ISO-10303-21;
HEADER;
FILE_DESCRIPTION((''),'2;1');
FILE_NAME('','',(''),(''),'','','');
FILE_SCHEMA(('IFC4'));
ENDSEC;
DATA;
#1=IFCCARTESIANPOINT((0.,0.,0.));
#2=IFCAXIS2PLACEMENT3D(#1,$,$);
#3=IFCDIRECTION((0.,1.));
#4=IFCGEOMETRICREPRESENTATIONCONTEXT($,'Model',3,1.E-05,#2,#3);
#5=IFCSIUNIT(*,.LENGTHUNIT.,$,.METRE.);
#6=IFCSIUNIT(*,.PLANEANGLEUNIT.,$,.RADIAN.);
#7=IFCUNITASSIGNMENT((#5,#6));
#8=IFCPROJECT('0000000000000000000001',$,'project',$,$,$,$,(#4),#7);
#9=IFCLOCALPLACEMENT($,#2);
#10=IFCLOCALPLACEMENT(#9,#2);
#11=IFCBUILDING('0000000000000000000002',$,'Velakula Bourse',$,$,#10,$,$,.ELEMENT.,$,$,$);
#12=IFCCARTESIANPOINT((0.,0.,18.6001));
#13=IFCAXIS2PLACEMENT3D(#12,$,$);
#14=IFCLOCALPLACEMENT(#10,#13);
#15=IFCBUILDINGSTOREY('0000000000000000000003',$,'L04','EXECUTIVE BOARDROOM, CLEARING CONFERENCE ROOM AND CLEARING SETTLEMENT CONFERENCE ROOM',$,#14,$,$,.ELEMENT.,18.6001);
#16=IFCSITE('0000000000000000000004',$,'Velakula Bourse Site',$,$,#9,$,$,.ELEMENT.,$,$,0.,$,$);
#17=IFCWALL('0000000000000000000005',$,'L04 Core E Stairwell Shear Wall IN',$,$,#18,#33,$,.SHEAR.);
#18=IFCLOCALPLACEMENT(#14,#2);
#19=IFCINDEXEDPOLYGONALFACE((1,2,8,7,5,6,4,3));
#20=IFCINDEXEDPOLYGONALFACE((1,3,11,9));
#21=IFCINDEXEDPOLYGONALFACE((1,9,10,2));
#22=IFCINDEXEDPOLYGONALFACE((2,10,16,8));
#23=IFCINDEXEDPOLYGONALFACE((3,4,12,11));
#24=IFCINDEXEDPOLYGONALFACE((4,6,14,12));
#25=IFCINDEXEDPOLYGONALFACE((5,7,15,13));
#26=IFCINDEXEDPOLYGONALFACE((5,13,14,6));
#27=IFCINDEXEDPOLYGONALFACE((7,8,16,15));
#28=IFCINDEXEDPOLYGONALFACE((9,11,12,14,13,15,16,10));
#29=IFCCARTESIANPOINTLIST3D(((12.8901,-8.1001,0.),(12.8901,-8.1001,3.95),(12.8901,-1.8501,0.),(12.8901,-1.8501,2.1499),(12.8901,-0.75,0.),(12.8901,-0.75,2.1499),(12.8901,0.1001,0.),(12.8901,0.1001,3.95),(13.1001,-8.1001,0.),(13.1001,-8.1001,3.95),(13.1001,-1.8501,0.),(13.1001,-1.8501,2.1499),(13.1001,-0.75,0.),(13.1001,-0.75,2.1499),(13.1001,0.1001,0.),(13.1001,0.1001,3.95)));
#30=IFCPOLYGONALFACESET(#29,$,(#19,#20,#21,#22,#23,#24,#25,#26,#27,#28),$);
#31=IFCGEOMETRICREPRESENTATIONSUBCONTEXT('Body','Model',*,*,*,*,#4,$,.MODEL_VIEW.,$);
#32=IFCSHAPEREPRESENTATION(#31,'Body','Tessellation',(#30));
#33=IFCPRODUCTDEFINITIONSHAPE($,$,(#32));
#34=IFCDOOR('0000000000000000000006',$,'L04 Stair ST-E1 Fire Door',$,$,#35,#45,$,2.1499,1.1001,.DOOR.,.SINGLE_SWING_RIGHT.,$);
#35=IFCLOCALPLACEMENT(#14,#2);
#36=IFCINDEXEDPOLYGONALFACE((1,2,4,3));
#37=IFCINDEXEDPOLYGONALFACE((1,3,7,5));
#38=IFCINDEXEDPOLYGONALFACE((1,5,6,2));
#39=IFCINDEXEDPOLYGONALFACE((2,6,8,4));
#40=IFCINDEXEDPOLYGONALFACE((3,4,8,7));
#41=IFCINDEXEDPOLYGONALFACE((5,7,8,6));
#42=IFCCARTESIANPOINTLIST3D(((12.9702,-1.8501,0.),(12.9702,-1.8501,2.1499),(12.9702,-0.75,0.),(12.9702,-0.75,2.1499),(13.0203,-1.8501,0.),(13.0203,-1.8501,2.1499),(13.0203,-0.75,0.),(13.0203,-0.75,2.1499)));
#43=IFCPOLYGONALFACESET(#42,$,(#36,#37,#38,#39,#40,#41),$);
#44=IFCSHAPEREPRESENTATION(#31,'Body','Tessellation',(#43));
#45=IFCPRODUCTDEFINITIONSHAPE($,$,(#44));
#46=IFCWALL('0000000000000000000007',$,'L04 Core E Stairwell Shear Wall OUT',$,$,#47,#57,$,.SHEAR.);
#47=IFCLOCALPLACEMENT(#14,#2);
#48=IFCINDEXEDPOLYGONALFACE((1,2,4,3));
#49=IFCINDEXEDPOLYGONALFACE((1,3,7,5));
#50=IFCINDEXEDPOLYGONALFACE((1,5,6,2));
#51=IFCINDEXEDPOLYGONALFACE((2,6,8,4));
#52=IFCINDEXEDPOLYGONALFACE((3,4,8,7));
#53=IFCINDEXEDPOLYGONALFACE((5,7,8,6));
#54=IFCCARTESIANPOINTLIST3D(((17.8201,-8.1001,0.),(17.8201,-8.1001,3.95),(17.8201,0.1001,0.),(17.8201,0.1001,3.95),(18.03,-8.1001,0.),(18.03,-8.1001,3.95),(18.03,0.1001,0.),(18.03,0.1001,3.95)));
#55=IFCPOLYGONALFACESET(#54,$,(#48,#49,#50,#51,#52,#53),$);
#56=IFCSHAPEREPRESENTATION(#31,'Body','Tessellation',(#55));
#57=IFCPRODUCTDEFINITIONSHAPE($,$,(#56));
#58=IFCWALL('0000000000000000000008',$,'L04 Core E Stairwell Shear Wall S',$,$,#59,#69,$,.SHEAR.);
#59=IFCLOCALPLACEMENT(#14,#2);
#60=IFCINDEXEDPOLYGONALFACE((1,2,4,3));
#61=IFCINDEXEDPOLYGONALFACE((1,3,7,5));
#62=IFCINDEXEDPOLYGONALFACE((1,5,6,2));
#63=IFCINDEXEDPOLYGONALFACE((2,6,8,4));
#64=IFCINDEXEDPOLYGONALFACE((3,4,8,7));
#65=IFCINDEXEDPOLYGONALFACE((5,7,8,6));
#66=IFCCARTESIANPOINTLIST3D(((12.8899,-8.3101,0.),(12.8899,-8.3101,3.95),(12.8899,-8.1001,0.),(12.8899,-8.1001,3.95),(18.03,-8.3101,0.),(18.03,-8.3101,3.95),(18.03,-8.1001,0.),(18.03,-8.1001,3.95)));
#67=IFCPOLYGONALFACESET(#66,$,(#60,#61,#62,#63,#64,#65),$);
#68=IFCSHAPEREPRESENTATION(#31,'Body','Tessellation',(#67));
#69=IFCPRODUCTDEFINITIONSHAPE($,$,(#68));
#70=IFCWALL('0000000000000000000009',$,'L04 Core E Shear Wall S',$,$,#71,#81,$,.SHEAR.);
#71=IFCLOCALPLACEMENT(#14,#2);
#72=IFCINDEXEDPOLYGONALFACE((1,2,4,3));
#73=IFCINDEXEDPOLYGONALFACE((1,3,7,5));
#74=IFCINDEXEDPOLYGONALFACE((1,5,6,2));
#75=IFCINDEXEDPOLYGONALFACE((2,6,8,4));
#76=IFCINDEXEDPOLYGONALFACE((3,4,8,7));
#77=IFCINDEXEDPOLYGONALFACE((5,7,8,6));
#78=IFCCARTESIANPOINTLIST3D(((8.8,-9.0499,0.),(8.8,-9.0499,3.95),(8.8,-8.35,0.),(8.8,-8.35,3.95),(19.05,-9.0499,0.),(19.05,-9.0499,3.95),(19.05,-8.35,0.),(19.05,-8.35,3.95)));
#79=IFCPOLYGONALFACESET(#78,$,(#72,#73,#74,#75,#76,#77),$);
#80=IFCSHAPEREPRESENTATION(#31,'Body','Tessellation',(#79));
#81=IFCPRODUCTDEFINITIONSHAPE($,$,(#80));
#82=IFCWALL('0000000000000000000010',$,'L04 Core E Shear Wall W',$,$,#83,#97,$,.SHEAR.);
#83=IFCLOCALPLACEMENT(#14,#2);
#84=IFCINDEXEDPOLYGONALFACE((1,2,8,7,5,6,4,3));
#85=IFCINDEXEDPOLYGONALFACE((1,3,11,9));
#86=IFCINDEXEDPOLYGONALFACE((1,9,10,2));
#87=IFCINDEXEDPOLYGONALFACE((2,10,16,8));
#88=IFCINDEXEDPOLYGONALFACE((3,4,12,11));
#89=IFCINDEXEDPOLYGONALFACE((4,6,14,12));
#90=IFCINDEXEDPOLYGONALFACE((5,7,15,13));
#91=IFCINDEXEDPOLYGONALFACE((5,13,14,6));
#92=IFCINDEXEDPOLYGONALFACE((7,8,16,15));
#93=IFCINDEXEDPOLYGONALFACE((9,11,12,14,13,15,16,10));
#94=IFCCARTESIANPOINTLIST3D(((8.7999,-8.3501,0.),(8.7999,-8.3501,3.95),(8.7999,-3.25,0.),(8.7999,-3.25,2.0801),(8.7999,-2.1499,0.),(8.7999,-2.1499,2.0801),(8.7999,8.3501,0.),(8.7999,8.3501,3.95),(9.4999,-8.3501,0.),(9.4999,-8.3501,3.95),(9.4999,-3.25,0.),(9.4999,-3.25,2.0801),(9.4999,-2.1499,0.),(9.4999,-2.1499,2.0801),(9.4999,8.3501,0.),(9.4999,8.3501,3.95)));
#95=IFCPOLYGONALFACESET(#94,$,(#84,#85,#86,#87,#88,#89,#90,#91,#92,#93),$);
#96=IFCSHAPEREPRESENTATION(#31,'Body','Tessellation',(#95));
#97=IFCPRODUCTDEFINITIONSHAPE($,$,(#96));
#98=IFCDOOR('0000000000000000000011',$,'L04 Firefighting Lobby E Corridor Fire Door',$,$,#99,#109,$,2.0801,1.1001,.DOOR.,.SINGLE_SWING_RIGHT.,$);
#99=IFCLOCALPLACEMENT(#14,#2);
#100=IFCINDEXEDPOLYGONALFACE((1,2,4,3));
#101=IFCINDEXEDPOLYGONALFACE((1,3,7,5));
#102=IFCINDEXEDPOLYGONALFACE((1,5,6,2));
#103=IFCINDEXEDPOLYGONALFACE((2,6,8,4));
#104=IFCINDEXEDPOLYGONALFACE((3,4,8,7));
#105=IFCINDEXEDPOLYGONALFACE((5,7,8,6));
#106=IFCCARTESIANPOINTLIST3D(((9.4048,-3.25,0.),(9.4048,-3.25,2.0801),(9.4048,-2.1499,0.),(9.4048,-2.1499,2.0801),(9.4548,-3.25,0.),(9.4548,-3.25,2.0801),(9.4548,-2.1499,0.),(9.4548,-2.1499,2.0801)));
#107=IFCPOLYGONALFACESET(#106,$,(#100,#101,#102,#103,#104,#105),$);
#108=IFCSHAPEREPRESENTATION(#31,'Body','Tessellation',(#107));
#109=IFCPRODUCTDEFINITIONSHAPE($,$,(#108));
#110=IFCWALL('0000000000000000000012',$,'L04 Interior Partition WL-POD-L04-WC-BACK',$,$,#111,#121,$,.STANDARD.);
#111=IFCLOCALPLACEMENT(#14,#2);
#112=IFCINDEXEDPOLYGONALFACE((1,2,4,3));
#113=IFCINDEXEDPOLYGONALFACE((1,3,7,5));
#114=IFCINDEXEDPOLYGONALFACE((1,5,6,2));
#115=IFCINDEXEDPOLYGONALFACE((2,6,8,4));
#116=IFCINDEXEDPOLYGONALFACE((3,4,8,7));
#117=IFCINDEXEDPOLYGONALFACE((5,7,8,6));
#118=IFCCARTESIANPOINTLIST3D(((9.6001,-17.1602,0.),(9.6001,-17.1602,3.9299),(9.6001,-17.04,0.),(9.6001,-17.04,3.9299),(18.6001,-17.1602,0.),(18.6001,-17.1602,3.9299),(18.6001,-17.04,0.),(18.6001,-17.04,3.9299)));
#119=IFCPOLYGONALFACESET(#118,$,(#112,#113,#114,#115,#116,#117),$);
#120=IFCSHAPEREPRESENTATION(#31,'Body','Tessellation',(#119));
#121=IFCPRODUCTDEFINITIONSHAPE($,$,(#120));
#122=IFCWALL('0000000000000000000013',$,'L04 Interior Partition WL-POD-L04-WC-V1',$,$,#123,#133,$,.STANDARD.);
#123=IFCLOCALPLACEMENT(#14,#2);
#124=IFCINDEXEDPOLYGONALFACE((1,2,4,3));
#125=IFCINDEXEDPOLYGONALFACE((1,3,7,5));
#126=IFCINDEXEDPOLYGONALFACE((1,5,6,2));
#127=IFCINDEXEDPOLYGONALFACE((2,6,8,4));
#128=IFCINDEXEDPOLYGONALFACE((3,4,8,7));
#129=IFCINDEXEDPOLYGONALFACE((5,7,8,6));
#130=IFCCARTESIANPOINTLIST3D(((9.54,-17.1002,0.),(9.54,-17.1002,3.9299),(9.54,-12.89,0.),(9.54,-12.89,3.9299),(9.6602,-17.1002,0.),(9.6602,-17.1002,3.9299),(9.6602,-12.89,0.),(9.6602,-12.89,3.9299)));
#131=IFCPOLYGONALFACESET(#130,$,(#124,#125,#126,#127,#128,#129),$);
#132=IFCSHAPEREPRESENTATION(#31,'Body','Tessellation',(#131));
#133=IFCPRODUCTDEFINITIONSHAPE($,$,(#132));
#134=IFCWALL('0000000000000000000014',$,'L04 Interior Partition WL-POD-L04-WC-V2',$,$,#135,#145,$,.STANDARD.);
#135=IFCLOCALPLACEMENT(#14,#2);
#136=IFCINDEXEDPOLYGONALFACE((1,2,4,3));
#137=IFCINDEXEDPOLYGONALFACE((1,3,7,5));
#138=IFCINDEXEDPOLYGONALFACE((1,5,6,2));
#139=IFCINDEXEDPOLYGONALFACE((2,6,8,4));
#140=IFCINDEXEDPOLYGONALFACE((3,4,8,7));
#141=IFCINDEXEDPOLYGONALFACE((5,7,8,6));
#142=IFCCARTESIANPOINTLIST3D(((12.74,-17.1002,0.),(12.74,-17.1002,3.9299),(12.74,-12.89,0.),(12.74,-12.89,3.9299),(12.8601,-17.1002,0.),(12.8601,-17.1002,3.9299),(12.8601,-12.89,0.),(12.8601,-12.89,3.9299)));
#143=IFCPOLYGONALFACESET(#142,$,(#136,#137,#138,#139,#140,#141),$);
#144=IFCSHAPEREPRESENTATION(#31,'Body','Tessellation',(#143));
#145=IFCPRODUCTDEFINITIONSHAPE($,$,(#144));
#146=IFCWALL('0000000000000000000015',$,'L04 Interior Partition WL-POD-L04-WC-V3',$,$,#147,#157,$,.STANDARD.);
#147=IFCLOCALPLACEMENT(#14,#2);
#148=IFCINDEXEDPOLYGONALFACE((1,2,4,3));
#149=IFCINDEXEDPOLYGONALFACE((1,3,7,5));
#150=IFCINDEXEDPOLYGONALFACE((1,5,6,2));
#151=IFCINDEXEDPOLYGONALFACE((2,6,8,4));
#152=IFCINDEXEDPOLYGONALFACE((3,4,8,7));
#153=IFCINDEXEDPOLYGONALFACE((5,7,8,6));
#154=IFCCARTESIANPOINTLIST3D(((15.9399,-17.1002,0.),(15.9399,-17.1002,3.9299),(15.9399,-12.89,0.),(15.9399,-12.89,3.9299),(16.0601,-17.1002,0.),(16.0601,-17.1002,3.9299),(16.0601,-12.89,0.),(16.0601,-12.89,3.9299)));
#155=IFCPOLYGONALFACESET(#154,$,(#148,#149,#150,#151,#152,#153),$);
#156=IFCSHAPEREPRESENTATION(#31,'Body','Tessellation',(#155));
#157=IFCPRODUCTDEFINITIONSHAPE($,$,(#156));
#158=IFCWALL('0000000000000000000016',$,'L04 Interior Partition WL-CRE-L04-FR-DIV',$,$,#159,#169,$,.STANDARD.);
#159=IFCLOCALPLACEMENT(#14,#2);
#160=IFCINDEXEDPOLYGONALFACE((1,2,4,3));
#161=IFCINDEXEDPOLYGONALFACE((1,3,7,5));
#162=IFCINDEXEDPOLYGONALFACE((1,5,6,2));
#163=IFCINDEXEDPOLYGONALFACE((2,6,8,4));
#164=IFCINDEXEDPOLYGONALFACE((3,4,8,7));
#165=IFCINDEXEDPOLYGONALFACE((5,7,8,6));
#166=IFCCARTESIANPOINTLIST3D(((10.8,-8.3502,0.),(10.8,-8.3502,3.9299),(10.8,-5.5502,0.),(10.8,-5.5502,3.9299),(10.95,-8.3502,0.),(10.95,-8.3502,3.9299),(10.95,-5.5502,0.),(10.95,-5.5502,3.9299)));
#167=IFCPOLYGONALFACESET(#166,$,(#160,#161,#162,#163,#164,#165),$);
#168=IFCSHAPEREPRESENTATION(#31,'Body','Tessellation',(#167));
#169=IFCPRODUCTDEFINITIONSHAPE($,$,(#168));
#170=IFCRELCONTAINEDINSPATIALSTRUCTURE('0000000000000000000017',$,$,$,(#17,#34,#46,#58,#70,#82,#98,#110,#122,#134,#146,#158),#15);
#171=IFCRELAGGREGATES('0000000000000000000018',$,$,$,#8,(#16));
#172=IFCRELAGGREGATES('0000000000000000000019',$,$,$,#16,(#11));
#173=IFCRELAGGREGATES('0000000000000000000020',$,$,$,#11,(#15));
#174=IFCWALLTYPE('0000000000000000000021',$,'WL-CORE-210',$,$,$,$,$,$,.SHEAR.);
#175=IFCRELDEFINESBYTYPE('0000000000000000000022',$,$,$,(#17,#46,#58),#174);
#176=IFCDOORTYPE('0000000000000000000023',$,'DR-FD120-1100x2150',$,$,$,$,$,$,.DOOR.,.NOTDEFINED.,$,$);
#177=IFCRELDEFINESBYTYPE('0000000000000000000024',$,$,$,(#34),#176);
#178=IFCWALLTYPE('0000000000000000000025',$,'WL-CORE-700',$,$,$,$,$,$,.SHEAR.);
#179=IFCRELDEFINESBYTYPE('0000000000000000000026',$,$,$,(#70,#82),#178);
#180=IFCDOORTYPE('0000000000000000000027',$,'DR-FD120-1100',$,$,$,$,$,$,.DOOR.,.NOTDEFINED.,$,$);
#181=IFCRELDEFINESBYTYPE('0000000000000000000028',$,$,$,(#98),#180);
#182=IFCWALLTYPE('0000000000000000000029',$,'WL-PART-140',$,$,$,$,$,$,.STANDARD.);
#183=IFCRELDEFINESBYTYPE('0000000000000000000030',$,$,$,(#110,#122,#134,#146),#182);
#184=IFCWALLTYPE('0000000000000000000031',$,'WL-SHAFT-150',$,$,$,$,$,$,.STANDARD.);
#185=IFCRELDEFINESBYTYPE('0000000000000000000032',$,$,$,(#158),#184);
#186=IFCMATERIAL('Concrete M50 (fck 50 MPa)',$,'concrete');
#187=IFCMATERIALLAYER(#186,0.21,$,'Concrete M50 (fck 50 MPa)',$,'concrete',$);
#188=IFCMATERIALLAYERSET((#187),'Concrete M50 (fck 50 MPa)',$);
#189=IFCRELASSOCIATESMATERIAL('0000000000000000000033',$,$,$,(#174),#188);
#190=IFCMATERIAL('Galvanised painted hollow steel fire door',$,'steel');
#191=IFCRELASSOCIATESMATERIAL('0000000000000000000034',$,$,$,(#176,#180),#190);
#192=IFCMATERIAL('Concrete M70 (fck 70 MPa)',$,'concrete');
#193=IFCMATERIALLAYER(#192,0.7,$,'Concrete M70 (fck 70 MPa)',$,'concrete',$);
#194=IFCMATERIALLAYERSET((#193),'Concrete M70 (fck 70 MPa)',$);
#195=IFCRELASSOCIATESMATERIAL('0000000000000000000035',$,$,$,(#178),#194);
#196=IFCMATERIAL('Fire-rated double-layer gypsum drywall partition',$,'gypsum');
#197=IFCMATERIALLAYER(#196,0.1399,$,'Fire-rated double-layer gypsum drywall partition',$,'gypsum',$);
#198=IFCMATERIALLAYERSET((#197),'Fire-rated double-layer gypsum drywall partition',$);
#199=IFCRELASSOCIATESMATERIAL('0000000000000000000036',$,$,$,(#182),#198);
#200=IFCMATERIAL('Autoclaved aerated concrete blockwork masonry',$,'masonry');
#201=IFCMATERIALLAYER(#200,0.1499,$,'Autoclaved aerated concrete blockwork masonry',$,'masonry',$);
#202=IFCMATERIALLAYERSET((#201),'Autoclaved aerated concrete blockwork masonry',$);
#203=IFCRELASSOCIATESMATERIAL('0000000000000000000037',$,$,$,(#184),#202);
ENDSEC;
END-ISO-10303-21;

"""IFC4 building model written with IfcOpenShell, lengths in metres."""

from ifc_helpers import new_model, si_unit, direction, frame, frame_2d, origin, place, context, subcontext, project, spatial, rectangle, extrude, material, layer, layer_set, type_object, element, fill, save


model = new_model("IFC4")

# Units and contexts
model_context = context("Model", 3, precision=1e-05, world=origin(), true_north=direction((0.0, 1.0)))
body_context = subcontext(model_context, "Body", "Model", "MODEL_VIEW")
ifc_project = project(units=[si_unit("LENGTHUNIT", "METRE"), si_unit("PLANEANGLEUNIT", "RADIAN")], contexts=[model_context])

# Site, building, storey
site_placement = place(None, origin())
site = spatial("IfcSite", under=ifc_project, at=site_placement, Name="Velakula Bourse Site", CompositionType="ELEMENT", RefElevation=0.0)
building_placement = place(site_placement, origin())
building = spatial("IfcBuilding", under=site, at=building_placement, Name="Velakula Bourse", CompositionType="ELEMENT")
storey_placement = place(building_placement, frame((0.0, 0.0, 18.6001)))
storey = spatial("IfcBuildingStorey", under=building, at=storey_placement, Name="L04", Description="EXECUTIVE BOARDROOM, CLEARING CONFERENCE ROOM AND CLEARING SETTLEMENT CONFERENCE ROOM", CompositionType="ELEMENT", Elevation=18.6001)

# Shared definitions
ifc_material_1 = material(Name="Concrete M70 (fck 70 MPa)", Category="concrete")

# Wall, opening, door
ifc_material_2 = material(Name="Concrete M50 (fck 50 MPa)", Category="concrete")
ifc_layer_1 = layer(ifc_material_2, 0.21, Name="Concrete M50 (fck 50 MPa)", Category="concrete")
ifc_layer_set_1 = layer_set([ifc_layer_1], Name="Concrete M50 (fck 50 MPa)")
wall_type_1 = type_object("IfcWallType", Name="WL-CORE-210", PredefinedType="SHEAR", material=ifc_layer_set_1)
wall_1_placement = place(storey_placement, frame((12.9951, -8.1001, 0.0), z_axis=(0.0, 0.0, 1.0), x_axis=(0.0, 1.0, 0.0)))
wall_1 = element("IfcWall", 1, at=wall_1_placement, inside=storey, type_object=wall_type_1, Name="L04 Core E Stairwell Shear Wall IN", PredefinedType="SHEAR", context=body_context, shape_type="SweptSolid", body=[
    extrude(rectangle(XDim=8.2002, YDim=0.21, at=frame_2d((4.1001, 0.0))), origin(), (0.0, 0.0, 1.0), 3.95),
])
opening_1_placement = place(wall_1_placement, frame((6.25, 0.0, 0.0)))
opening_1 = element("IfcOpeningElement", 2, at=opening_1_placement, cuts=wall_1, PredefinedType="OPENING", context=body_context, shape_type="SweptSolid", body=[
    extrude(rectangle(XDim=1.1001, YDim=2.1499, at=frame_2d((0.55, 1.075))), frame((0.0, 0.115, 0.0), z_axis=(0.0, -1.0, 0.0), x_axis=(1.0, 0.0, 0.0)), (0.0, 0.0, 1.0), 0.23),
])
ifc_material_3 = material(Name="Galvanised painted hollow steel fire door", Category="steel")
door_type_1 = type_object("IfcDoorType", Name="DR-FD120-1100x2150", OperationType="NOTDEFINED", PredefinedType="DOOR", material=ifc_material_3)
door_1_placement = place(opening_1_placement, origin())
door_1 = element("IfcDoor", 3, at=door_1_placement, inside=storey, type_object=door_type_1, Name="L04 Stair ST-E1 Fire Door", OperationType="SINGLE_SWING_RIGHT", OverallHeight=2.1499, OverallWidth=1.1001, PredefinedType="DOOR", context=body_context, shape_type="SweptSolid", body=[
    extrude(rectangle(XDim=1.1001, YDim=2.1499, at=frame_2d((0.55, 1.075))), frame((0.0, 0.0249, 0.0), z_axis=(0.0, -1.0, 0.0), x_axis=(1.0, 0.0, 0.0)), (0.0, 0.0, 1.0), 0.05),
])
fill(opening_1, door_1)

# Walls
wall_2_placement = place(storey_placement, frame((17.925, -8.1001, 0.0), z_axis=(0.0, 0.0, 1.0), x_axis=(0.0, 1.0, 0.0)))
element("IfcWall", 4, at=wall_2_placement, inside=storey, type_object=wall_type_1, Name="L04 Core E Stairwell Shear Wall OUT", PredefinedType="SHEAR", context=body_context, shape_type="SweptSolid", body=[
    extrude(rectangle(XDim=8.2002, YDim=0.21, at=frame_2d((4.1001, 0.0))), origin(), (0.0, 0.0, 1.0), 3.95),
])
wall_3_placement = place(storey_placement, frame((12.8899, -8.2051, 0.0), z_axis=(0.0, 0.0, 1.0), x_axis=(1.0, 0.0, 0.0)))
element("IfcWall", 5, at=wall_3_placement, inside=storey, type_object=wall_type_1, Name="L04 Core E Stairwell Shear Wall S", PredefinedType="SHEAR", context=body_context, shape_type="SweptSolid", body=[
    extrude(rectangle(XDim=5.1401, YDim=0.21, at=frame_2d((2.5701, 0.0))), origin(), (0.0, 0.0, 1.0), 3.95),
])
ifc_layer_2 = layer(ifc_material_1, 0.7, Name="Concrete M70 (fck 70 MPa)", Category="concrete")
ifc_layer_set_2 = layer_set([ifc_layer_2], Name="Concrete M70 (fck 70 MPa)")
wall_type_2 = type_object("IfcWallType", Name="WL-CORE-700", PredefinedType="SHEAR", material=ifc_layer_set_2)
wall_4_placement = place(storey_placement, frame((8.8, -8.7, 0.0), z_axis=(0.0, 0.0, 1.0), x_axis=(1.0, 0.0, 0.0)))
element("IfcWall", 6, at=wall_4_placement, inside=storey, type_object=wall_type_2, Name="L04 Core E Shear Wall S", PredefinedType="SHEAR", context=body_context, shape_type="SweptSolid", body=[
    extrude(rectangle(XDim=10.25, YDim=0.7, at=frame_2d((5.125, 0.0))), origin(), (0.0, 0.0, 1.0), 3.95),
])

# Wall, opening, door
wall_5_placement = place(storey_placement, frame((9.1499, -8.3501, 0.0), z_axis=(0.0, 0.0, 1.0), x_axis=(0.0, 1.0, 0.0)))
wall_5 = element("IfcWall", 7, at=wall_5_placement, inside=storey, type_object=wall_type_2, Name="L04 Core E Shear Wall W", PredefinedType="SHEAR", context=body_context, shape_type="SweptSolid", body=[
    extrude(rectangle(XDim=16.7002, YDim=0.7, at=frame_2d((8.3501, 0.0))), origin(), (0.0, 0.0, 1.0), 3.95),
])
opening_2_placement = place(wall_5_placement, frame((5.1001, 0.0, 0.0)))
opening_2 = element("IfcOpeningElement", 8, at=opening_2_placement, cuts=wall_5, PredefinedType="OPENING", context=body_context, shape_type="SweptSolid", body=[
    extrude(rectangle(XDim=1.1001, YDim=2.0801, at=frame_2d((0.55, 1.04))), frame((0.0, 0.3599, 0.0), z_axis=(0.0, -1.0, 0.0), x_axis=(1.0, 0.0, 0.0)), (0.0, 0.0, 1.0), 0.72),
])
door_type_2 = type_object("IfcDoorType", Name="DR-FD120-1100", OperationType="NOTDEFINED", PredefinedType="DOOR", material=ifc_material_3)
door_2_placement = place(opening_2_placement, origin())
door_2 = element("IfcDoor", 9, at=door_2_placement, inside=storey, type_object=door_type_2, Name="L04 Firefighting Lobby E Corridor Fire Door", OperationType="SINGLE_SWING_RIGHT", OverallHeight=2.0801, OverallWidth=1.1001, PredefinedType="DOOR", context=body_context, shape_type="SweptSolid", body=[
    extrude(rectangle(XDim=1.1001, YDim=2.0801, at=frame_2d((0.55, 1.04))), frame((0.0, -0.2549, 0.0), z_axis=(0.0, -1.0, 0.0), x_axis=(1.0, 0.0, 0.0)), (0.0, 0.0, 1.0), 0.05),
])
fill(opening_2, door_2)

# Walls
ifc_material_4 = material(Name="Fire-rated double-layer gypsum drywall partition", Category="gypsum")
ifc_layer_3 = layer(ifc_material_4, 0.1399, Name="Fire-rated double-layer gypsum drywall partition", Category="gypsum")
ifc_layer_set_3 = layer_set([ifc_layer_3], Name="Fire-rated double-layer gypsum drywall partition")
wall_type_3 = type_object("IfcWallType", Name="WL-PART-140", PredefinedType="STANDARD", material=ifc_layer_set_3)
wall_6_placement = place(storey_placement, frame((9.6001, -17.1001, 0.0), z_axis=(0.0, 0.0, 1.0), x_axis=(1.0, 0.0, 0.0)))
element("IfcWall", 10, at=wall_6_placement, inside=storey, type_object=wall_type_3, Name="L04 Interior Partition WL-POD-L04-WC-BACK", PredefinedType="STANDARD", context=body_context, shape_type="SweptSolid", body=[
    extrude(rectangle(XDim=9.0, YDim=0.1201, at=frame_2d((4.5, 0.0))), origin(), (0.0, 0.0, 1.0), 3.9299),
])
for number, where, z_axis, x_axis, name in (
    (11, (9.6001, -17.1001, 0.0), (0.0, 0.0, 1.0), (0.0, 1.0, 0.0), "L04 Interior Partition WL-POD-L04-WC-V1"),
    (12, (12.8, -17.1001, 0.0), (0.0, 0.0, 1.0), (0.0, 1.0, 0.0), "L04 Interior Partition WL-POD-L04-WC-V2"),
    (13, (16.0, -17.1001, 0.0), (0.0, 0.0, 1.0), (0.0, 1.0, 0.0), "L04 Interior Partition WL-POD-L04-WC-V3"),
):
    element("IfcWall", number, at=place(storey_placement, frame(where, z_axis=z_axis, x_axis=x_axis)), inside=storey, type_object=wall_type_3, Name=name, PredefinedType="STANDARD", context=body_context, shape_type="SweptSolid", body=[
        extrude(rectangle(XDim=4.2102, YDim=0.1201, at=frame_2d((2.105, 0.0))), origin(), (0.0, 0.0, 1.0), 3.9299),
    ])

# Shared definitions
ifc_material_5 = material(Name="Autoclaved aerated concrete blockwork masonry", Category="masonry")
ifc_layer_4 = layer(ifc_material_5, 0.1499, Name="Autoclaved aerated concrete blockwork masonry", Category="masonry")
ifc_layer_set_4 = layer_set([ifc_layer_4], Name="Autoclaved aerated concrete blockwork masonry")
wall_type_4 = type_object("IfcWallType", Name="WL-SHAFT-150", PredefinedType="STANDARD", material=ifc_layer_set_4)

# Wall
wall_7_placement = place(storey_placement, frame((10.875, -8.3501, 0.0), z_axis=(0.0, 0.0, 1.0), x_axis=(0.0, 1.0, 0.0)))
element("IfcWall", 14, at=wall_7_placement, inside=storey, type_object=wall_type_4, Name="L04 Interior Partition WL-CRE-L04-FR-DIV", PredefinedType="STANDARD", context=body_context, shape_type="SweptSolid", body=[
    extrude(rectangle(XDim=2.8, YDim=0.1499, at=frame_2d((1.3999, 0.0))), origin(), (0.0, 0.0, 1.0), 3.9299),
])

save(model, "model.ifc")
